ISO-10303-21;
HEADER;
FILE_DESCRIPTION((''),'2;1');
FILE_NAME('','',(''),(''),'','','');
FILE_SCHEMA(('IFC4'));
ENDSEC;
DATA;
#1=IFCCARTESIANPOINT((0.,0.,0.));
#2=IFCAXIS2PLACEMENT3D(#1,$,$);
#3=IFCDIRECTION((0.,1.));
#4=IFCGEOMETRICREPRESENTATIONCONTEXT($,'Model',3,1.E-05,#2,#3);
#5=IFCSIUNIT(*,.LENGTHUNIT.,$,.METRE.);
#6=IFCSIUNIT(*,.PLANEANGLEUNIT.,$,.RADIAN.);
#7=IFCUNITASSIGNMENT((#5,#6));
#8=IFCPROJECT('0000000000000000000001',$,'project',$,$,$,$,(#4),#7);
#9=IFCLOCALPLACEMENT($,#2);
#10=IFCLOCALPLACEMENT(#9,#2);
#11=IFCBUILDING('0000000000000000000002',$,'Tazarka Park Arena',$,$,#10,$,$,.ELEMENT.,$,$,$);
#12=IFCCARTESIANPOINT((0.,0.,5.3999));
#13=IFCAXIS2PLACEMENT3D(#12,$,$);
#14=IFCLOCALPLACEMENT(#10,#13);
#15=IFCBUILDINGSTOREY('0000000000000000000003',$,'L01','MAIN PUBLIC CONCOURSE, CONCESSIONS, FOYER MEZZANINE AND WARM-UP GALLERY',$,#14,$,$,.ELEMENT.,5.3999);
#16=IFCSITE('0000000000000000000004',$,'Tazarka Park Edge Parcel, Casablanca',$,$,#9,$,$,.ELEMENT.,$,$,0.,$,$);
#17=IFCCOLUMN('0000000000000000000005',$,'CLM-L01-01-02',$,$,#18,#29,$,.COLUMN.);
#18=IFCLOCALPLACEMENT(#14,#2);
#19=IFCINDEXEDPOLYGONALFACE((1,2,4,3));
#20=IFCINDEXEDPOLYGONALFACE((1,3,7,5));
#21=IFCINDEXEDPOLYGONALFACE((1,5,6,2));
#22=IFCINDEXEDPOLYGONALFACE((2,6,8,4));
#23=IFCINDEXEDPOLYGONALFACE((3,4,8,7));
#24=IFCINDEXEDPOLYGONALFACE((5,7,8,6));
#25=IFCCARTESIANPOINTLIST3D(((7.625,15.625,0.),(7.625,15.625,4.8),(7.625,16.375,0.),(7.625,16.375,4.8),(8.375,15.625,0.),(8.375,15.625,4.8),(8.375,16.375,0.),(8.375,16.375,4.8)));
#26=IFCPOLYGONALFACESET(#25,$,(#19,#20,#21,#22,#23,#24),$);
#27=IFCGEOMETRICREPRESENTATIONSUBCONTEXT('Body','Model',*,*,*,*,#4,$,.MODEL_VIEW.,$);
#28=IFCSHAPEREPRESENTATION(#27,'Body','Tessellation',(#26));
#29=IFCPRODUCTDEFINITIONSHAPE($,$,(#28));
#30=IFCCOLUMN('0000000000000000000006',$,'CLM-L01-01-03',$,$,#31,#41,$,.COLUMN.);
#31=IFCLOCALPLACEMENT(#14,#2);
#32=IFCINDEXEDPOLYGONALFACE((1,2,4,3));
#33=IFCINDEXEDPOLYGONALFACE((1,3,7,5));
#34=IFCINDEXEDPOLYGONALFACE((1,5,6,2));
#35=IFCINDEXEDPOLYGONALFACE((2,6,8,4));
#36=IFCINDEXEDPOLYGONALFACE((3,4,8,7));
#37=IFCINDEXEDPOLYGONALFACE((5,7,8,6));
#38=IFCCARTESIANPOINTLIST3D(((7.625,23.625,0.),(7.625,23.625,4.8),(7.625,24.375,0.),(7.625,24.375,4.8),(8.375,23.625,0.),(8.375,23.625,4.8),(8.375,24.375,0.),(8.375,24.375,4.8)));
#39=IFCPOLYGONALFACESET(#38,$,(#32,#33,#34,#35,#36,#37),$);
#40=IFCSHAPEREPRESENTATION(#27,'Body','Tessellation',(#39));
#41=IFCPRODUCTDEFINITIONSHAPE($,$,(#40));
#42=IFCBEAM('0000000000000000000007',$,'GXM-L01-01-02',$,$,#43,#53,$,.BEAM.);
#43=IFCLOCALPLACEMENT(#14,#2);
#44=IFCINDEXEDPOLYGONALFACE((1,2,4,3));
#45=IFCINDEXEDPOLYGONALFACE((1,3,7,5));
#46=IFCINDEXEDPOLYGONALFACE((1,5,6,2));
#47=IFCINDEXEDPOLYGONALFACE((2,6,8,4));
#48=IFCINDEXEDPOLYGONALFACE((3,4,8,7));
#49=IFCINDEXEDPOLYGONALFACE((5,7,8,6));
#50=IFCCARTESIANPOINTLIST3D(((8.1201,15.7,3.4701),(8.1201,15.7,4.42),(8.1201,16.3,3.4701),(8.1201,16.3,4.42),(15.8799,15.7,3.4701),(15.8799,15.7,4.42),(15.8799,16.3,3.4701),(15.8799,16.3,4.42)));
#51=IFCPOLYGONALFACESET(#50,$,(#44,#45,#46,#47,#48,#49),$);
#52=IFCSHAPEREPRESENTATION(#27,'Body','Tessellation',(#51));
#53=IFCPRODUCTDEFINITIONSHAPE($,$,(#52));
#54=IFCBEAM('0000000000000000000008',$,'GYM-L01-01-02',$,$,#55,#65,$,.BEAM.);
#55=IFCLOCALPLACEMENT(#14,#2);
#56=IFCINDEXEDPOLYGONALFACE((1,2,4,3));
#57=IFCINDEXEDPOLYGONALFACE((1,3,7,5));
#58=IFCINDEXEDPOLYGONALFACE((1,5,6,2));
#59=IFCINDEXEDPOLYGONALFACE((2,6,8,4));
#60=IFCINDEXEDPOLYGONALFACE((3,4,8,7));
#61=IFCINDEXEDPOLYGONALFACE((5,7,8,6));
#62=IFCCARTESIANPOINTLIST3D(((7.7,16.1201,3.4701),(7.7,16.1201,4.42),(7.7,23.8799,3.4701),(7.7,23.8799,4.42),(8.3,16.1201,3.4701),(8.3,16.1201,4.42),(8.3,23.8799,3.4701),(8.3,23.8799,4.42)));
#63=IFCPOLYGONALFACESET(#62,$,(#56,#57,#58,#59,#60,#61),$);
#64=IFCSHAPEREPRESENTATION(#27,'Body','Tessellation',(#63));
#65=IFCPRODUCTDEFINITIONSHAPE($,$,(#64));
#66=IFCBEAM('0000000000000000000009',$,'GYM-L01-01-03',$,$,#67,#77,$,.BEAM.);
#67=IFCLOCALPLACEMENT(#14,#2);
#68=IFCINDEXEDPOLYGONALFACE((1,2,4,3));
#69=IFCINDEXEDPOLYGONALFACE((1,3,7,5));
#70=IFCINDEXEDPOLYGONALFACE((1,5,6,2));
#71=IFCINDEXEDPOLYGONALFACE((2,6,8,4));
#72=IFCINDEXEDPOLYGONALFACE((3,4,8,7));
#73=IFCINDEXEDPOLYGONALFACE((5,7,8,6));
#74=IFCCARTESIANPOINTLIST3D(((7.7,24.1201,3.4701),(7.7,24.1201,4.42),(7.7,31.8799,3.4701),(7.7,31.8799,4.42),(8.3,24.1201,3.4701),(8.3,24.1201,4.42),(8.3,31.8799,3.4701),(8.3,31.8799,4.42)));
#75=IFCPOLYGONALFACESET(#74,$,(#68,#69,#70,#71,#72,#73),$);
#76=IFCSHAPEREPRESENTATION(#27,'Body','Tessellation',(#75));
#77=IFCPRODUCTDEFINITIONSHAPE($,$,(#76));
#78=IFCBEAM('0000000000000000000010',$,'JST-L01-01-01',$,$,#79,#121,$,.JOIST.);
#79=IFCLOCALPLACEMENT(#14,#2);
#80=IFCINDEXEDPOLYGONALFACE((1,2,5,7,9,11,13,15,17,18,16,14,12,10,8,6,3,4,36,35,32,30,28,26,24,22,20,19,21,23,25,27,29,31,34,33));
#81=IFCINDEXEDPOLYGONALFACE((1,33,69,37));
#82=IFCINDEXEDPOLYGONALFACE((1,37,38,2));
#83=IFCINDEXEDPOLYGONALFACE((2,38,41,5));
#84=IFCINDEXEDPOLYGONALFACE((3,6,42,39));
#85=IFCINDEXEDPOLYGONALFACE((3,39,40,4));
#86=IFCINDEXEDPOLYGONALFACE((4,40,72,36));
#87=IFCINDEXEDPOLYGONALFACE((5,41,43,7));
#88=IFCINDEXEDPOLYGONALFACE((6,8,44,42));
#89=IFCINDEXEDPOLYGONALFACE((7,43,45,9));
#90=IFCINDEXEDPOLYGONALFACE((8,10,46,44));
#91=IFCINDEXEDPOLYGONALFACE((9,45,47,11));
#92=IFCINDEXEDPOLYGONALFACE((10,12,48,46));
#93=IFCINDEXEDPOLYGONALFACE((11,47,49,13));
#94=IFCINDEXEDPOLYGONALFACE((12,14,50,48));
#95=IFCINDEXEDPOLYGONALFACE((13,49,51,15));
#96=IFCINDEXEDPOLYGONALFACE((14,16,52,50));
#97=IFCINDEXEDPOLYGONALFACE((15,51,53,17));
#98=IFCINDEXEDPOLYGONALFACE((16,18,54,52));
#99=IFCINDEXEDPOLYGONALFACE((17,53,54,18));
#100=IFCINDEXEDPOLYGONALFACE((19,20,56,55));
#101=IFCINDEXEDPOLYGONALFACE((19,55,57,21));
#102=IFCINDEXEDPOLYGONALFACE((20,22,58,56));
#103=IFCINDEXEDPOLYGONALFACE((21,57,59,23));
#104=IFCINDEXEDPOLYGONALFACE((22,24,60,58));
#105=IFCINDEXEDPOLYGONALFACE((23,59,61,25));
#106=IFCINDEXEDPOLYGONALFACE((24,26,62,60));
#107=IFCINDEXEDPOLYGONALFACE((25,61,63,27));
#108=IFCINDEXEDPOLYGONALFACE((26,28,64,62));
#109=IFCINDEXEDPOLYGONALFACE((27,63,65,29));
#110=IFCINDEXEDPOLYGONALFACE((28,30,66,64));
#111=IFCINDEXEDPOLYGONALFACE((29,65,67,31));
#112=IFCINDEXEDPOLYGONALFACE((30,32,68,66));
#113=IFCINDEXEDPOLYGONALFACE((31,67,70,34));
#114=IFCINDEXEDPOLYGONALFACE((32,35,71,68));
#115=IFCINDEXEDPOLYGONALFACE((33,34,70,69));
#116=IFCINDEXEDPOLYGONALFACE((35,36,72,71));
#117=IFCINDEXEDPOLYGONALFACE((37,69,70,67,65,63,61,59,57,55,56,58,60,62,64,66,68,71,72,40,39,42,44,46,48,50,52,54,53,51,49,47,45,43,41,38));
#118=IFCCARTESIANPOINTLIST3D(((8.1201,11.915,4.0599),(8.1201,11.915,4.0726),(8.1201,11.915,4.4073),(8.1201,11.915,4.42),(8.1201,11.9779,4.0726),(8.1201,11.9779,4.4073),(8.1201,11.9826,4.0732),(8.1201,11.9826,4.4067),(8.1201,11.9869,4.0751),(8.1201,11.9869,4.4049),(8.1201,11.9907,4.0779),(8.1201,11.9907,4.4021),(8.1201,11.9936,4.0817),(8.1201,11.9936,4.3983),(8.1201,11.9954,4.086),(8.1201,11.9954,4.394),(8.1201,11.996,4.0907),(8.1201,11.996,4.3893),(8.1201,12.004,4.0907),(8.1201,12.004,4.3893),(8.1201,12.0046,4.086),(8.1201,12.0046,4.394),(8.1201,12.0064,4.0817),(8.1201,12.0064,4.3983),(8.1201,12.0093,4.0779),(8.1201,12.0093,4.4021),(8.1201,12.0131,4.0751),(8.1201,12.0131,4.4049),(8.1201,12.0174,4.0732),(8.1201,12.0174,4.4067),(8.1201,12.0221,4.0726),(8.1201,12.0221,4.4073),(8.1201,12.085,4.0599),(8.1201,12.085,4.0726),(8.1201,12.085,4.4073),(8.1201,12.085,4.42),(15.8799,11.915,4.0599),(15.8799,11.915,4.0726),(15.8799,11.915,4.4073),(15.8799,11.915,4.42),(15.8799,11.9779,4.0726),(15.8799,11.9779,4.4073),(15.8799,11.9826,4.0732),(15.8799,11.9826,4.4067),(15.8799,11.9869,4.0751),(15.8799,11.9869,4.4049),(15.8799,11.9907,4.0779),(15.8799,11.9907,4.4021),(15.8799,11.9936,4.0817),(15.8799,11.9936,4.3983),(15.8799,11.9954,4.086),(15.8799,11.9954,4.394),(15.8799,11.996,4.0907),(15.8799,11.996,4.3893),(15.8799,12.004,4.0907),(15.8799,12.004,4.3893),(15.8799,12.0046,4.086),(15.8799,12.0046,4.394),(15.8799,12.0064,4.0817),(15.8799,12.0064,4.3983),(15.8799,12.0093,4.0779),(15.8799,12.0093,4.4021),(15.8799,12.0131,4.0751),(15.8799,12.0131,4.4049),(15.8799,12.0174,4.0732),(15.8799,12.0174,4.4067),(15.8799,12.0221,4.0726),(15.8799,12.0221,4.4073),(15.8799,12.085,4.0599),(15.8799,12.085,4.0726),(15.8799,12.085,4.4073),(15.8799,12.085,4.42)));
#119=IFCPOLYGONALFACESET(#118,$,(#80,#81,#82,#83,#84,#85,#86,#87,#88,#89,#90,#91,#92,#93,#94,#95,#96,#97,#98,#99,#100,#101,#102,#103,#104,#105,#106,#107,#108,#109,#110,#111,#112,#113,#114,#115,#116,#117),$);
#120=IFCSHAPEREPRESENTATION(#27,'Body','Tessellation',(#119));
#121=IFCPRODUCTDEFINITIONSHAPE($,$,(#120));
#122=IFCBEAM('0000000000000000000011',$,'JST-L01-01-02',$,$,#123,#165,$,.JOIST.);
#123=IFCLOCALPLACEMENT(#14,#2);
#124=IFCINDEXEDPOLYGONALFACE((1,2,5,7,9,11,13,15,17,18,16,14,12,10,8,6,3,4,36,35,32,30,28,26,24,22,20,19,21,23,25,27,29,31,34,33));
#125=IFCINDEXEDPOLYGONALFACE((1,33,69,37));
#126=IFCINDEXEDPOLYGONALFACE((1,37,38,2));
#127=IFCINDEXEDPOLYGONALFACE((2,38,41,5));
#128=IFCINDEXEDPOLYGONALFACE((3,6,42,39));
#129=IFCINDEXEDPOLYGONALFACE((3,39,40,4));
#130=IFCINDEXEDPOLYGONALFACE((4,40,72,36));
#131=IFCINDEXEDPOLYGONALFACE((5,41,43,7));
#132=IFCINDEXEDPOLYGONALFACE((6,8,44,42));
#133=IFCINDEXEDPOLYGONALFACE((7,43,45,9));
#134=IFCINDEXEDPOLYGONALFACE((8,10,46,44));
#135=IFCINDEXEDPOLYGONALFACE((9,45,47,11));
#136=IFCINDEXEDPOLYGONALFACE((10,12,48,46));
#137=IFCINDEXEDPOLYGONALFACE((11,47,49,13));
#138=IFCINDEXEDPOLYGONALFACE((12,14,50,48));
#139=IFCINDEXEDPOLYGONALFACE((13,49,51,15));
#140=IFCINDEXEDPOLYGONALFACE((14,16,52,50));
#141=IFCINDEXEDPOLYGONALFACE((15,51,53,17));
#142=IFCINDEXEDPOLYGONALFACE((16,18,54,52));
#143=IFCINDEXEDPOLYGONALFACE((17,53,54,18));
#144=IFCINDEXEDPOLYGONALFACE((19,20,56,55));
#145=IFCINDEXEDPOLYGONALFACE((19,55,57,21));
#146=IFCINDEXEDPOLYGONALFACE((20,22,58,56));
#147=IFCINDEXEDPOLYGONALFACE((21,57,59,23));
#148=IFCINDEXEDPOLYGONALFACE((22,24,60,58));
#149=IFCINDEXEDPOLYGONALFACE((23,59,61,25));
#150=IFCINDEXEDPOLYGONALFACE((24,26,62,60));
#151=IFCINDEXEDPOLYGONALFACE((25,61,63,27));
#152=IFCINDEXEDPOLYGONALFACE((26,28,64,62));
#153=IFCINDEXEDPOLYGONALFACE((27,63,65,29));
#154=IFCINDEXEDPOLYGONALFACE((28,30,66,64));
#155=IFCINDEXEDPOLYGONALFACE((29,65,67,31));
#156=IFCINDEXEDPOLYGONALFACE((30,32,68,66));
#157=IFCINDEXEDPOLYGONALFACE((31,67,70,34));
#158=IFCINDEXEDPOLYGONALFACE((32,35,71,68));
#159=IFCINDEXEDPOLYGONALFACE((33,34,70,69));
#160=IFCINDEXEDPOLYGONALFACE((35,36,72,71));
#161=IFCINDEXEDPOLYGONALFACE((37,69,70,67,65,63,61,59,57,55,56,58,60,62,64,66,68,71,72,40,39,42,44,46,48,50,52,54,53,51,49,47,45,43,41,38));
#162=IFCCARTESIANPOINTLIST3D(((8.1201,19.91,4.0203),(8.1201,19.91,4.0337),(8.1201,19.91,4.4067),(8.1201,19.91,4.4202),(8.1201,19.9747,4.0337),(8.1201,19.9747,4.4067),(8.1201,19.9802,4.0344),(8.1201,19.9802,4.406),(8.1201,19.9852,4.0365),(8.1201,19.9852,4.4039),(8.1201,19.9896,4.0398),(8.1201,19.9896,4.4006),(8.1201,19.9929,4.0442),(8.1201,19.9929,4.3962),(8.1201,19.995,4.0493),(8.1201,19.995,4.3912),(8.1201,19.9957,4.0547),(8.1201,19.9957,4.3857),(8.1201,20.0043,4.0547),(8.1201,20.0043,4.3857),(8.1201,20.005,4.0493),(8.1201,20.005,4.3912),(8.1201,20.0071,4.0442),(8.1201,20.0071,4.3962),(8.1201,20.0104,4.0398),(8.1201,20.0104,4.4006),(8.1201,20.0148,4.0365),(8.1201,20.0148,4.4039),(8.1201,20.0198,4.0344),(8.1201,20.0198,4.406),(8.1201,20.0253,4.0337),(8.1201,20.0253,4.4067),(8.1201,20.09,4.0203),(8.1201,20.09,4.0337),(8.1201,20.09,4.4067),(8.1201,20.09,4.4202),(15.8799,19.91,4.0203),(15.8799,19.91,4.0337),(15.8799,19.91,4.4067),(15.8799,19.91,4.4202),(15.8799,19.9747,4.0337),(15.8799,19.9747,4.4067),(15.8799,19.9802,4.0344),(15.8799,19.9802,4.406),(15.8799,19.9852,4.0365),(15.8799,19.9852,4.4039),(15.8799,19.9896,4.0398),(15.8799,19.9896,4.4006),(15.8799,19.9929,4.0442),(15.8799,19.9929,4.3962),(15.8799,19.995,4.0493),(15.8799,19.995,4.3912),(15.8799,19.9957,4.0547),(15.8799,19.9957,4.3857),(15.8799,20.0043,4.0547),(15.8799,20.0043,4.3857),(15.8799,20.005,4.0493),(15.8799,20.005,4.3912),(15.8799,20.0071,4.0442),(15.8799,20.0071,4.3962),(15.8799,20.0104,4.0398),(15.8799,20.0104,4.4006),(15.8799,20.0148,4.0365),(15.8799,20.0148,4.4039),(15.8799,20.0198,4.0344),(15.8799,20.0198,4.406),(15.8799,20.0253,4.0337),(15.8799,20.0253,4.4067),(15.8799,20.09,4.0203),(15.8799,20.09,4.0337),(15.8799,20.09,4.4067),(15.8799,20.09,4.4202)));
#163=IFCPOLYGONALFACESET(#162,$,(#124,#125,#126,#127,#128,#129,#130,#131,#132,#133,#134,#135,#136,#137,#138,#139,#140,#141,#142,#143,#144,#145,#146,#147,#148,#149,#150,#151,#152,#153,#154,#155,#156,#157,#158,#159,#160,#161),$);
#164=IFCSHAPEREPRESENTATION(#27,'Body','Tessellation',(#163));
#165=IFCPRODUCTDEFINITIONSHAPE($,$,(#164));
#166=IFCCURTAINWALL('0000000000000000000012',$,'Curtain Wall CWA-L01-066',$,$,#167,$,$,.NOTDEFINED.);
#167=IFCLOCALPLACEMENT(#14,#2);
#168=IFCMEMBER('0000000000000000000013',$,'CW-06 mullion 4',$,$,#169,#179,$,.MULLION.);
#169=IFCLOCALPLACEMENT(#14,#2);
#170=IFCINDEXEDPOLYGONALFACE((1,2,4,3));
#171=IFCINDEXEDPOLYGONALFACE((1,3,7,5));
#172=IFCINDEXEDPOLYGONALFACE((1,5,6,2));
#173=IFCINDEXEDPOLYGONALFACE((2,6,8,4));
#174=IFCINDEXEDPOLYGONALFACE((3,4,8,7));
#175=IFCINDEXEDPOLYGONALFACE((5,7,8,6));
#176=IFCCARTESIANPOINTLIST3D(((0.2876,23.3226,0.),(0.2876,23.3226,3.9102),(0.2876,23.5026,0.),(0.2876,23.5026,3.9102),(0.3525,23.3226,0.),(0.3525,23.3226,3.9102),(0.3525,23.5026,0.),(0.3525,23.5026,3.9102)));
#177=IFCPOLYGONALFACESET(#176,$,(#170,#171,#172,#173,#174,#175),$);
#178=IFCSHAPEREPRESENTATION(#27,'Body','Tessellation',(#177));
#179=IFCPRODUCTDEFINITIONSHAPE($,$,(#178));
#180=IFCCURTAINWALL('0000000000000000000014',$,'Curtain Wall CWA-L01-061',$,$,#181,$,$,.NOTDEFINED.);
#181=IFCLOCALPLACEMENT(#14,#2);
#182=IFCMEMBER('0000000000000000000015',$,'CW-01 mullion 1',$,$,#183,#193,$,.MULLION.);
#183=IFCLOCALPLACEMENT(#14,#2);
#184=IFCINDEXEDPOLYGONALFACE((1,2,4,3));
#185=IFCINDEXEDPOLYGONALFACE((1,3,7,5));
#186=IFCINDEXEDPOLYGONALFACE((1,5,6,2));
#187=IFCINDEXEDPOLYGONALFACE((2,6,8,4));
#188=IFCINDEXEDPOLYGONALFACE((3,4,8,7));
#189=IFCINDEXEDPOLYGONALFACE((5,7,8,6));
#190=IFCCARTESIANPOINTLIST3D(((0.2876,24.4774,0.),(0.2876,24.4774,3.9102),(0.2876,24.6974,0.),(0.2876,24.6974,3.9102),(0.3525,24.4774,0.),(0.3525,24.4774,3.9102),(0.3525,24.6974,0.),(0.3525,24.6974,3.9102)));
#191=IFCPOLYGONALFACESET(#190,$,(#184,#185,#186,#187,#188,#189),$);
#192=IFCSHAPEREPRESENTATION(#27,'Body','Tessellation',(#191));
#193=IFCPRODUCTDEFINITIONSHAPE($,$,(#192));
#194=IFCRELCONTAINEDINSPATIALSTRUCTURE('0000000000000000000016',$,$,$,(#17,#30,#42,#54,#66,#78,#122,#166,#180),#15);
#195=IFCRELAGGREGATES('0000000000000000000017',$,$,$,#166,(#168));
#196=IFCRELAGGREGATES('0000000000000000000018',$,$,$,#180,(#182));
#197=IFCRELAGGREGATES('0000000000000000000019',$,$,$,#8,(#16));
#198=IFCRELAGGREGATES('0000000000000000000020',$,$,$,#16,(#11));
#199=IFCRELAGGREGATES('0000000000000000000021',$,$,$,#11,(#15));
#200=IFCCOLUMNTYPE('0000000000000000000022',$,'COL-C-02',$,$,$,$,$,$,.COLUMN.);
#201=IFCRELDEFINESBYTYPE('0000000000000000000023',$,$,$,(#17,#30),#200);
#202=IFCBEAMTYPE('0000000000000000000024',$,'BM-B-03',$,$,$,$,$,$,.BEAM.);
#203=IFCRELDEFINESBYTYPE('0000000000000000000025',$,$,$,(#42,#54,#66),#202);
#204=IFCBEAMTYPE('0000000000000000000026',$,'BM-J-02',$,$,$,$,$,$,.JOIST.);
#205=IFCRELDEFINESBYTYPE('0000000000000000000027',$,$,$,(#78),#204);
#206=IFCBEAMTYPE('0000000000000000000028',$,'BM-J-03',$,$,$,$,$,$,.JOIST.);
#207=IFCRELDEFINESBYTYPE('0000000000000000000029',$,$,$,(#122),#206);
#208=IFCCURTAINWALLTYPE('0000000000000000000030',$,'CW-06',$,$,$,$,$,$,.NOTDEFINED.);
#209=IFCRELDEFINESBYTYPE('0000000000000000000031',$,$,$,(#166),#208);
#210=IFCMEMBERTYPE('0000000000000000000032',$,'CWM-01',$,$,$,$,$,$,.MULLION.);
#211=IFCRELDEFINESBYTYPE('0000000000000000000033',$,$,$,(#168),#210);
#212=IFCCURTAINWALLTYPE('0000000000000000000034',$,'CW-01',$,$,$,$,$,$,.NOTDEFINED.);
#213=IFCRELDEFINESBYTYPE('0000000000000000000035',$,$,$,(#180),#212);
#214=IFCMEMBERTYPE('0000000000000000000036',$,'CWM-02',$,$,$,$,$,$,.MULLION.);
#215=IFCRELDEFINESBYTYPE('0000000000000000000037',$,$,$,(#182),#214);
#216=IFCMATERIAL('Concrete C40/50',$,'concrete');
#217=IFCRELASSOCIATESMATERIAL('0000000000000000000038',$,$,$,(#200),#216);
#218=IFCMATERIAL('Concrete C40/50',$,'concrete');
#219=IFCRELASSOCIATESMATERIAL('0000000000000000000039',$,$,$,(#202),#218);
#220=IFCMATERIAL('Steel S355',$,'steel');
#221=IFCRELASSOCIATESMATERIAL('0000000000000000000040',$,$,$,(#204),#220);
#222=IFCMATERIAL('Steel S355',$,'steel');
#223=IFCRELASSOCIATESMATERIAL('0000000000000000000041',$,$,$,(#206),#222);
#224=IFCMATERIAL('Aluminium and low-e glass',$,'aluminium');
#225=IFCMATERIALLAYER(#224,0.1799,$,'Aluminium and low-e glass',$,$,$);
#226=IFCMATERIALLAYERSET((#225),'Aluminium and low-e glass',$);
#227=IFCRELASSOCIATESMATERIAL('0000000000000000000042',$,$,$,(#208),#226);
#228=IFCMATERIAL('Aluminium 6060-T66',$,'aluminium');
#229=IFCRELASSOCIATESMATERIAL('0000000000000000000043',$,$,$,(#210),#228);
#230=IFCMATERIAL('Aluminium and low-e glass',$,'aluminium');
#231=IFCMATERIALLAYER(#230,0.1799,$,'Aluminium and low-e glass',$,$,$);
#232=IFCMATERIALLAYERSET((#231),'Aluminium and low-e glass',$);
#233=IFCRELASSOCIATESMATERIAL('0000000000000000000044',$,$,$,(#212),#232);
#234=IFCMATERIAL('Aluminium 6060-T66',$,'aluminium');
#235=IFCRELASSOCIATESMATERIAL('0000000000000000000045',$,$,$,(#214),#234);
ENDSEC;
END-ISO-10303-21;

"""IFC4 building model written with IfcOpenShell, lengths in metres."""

from ifc_helpers import new_model, si_unit, direction, frame, origin, origin_2d, place, context, subcontext, project, spatial, rectangle, i_section, extrude, material, layer, layer_set, material_profile, profile_set, type_object, element, aggregate, save


model = new_model("IFC4")

# Units and contexts
model_context = context("Model", 3, precision=1e-05, world=origin(), true_north=direction((0.0, 1.0)))
body_context = subcontext(model_context, "Body", "Model", "MODEL_VIEW")
ifc_project = project(units=[si_unit("LENGTHUNIT", "METRE"), si_unit("PLANEANGLEUNIT", "RADIAN")], contexts=[model_context])

# Site, building, storey
site_placement = place(None, origin())
site = spatial("IfcSite", under=ifc_project, at=site_placement, Name="Tazarka Park Edge Parcel, Casablanca", CompositionType="ELEMENT", RefElevation=0.0)
building_placement = place(site_placement, origin())
building = spatial("IfcBuilding", under=site, at=building_placement, Name="Tazarka Park Arena", CompositionType="ELEMENT")
storey_placement = place(building_placement, frame((0.0, 0.0, 5.3999)))
storey = spatial("IfcBuildingStorey", under=building, at=storey_placement, Name="L01", Description="MAIN PUBLIC CONCOURSE, CONCESSIONS, FOYER MEZZANINE AND WARM-UP GALLERY", CompositionType="ELEMENT", Elevation=5.3999)

# Columns
ifc_material_1 = material(Name="Concrete C40/50", Category="concrete")
ifc_material_profile_1 = material_profile(ifc_material_1, rectangle(XDim=0.75, YDim=0.75, at=origin_2d()), Name="Concrete C40/50")
ifc_profile_set_1 = profile_set([ifc_material_profile_1], Name="Concrete C40/50")
column_type = type_object("IfcColumnType", Name="COL-C-02", PredefinedType="COLUMN", material=ifc_profile_set_1)
for number, where, z_axis, x_axis, name in (
    (1, (8.0, 16.0, 0.0), (0.0, 0.0, 1.0), (1.0, 0.0, 0.0), "CLM-L01-01-02"),
    (2, (8.0, 24.0, 0.0), (0.0, 0.0, 1.0), (1.0, 0.0, 0.0), "CLM-L01-01-03"),
):
    element("IfcColumn", number, at=place(storey_placement, frame(where, z_axis=z_axis, x_axis=x_axis)), inside=storey, type_object=column_type, Name=name, PredefinedType="COLUMN", context=body_context, shape_type="SweptSolid", body=[
        extrude(rectangle(XDim=0.75, YDim=0.75, at=origin_2d()), origin(), (0.0, 0.0, 1.0), 4.8),
    ])

# Beams
ifc_material_2 = material(Name="Concrete C40/50", Category="concrete")
ifc_material_profile_2 = material_profile(ifc_material_2, rectangle(XDim=0.6001, YDim=0.95, at=origin_2d()), Name="Concrete C40/50")
ifc_profile_set_2 = profile_set([ifc_material_profile_2], Name="Concrete C40/50")
beam_type_1 = type_object("IfcBeamType", Name="BM-B-03", PredefinedType="BEAM", material=ifc_profile_set_2)
for number, where, z_axis, x_axis, name in (
    (3, (8.1201, 16.0, 3.9451), (1.0, 0.0, 0.0), (0.0, 1.0, 0.0), "GXM-L01-01-02"),
    (4, (8.0, 16.1201, 3.9451), (0.0, 1.0, 0.0), (-1.0, 0.0, 0.0), "GYM-L01-01-02"),
    (5, (8.0, 24.1201, 3.9451), (0.0, 1.0, 0.0), (-1.0, 0.0, 0.0), "GYM-L01-01-03"),
):
    element("IfcBeam", number, at=place(storey_placement, frame(where, z_axis=z_axis, x_axis=x_axis)), inside=storey, type_object=beam_type_1, Name=name, PredefinedType="BEAM", context=body_context, shape_type="SweptSolid", body=[
        extrude(rectangle(XDim=0.6001, YDim=0.95, at=origin_2d()), origin(), (0.0, 0.0, 1.0), 7.7598),
    ])
ifc_material_3 = material(Name="Steel S355", Category="steel")
ifc_material_profile_3 = material_profile(ifc_material_3, i_section(OverallWidth=0.1699, OverallDepth=0.3601, WebThickness=0.0081, FlangeThickness=0.0127, FilletRadius=0.0181, at=origin_2d()), Name="Steel S355")
ifc_profile_set_3 = profile_set([ifc_material_profile_3], Name="Steel S355")
beam_type_2 = type_object("IfcBeamType", Name="BM-J-02", PredefinedType="JOIST", material=ifc_profile_set_3)
beam_1_placement = place(storey_placement, frame((8.1201, 12.0, 4.24), z_axis=(1.0, 0.0, 0.0), x_axis=(0.0, 1.0, 0.0)))
element("IfcBeam", 6, at=beam_1_placement, inside=storey, type_object=beam_type_2, Name="JST-L01-01-01", PredefinedType="JOIST", context=body_context, shape_type="SweptSolid", body=[
    extrude(i_section(OverallWidth=0.1699, OverallDepth=0.3601, WebThickness=0.0081, FlangeThickness=0.0127, FilletRadius=0.0181, at=origin_2d()), origin(), (0.0, 0.0, 1.0), 7.7598),
])
ifc_material_4 = material(Name="Steel S355", Category="steel")
ifc_material_profile_4 = material_profile(ifc_material_4, i_section(OverallWidth=0.1799, OverallDepth=0.3999, WebThickness=0.0085, FlangeThickness=0.0134, FilletRadius=0.021, at=origin_2d()), Name="Steel S355")
ifc_profile_set_4 = profile_set([ifc_material_profile_4], Name="Steel S355")
beam_type_3 = type_object("IfcBeamType", Name="BM-J-03", PredefinedType="JOIST", material=ifc_profile_set_4)
beam_2_placement = place(storey_placement, frame((8.1201, 20.0, 4.2202), z_axis=(1.0, 0.0, 0.0), x_axis=(0.0, 1.0, 0.0)))
element("IfcBeam", 7, at=beam_2_placement, inside=storey, type_object=beam_type_3, Name="JST-L01-01-02", PredefinedType="JOIST", context=body_context, shape_type="SweptSolid", body=[
    extrude(i_section(OverallWidth=0.1799, OverallDepth=0.3999, WebThickness=0.0085, FlangeThickness=0.0134, FilletRadius=0.021, at=origin_2d()), origin(), (0.0, 0.0, 1.0), 7.7598),
])

# Curtain walls, members
ifc_material_5 = material(Name="Aluminium and low-e glass", Category="aluminium")
ifc_layer_1 = layer(ifc_material_5, 0.1799, Name="Aluminium and low-e glass")
ifc_layer_set_1 = layer_set([ifc_layer_1], Name="Aluminium and low-e glass")
curtain_wall_type_1 = type_object("IfcCurtainWallType", Name="CW-06", PredefinedType="NOTDEFINED", material=ifc_layer_set_1)
curtain_wall_1_placement = place(storey_placement, origin())
curtain_wall_1 = element("IfcCurtainWall", 8, at=curtain_wall_1_placement, inside=storey, type_object=curtain_wall_type_1, Name="Curtain Wall CWA-L01-066", PredefinedType="NOTDEFINED")
ifc_material_6 = material(Name="Aluminium 6060-T66", Category="aluminium")
ifc_material_profile_5 = material_profile(ifc_material_6, rectangle(XDim=0.0649, YDim=0.1799, at=origin_2d()), Name="Aluminium 6060-T66")
ifc_profile_set_5 = profile_set([ifc_material_profile_5], Name="Aluminium 6060-T66")
member_type_1 = type_object("IfcMemberType", Name="CWM-01", PredefinedType="MULLION", material=ifc_profile_set_5)
member_1_placement = place(storey_placement, frame((0.3201, 23.4126, 0.0), z_axis=(0.0, 0.0, 1.0), x_axis=(-1.0, 0.0, 0.0)))
member_1 = element("IfcMember", 9, at=member_1_placement, type_object=member_type_1, Name="CW-06 mullion 4", PredefinedType="MULLION", context=body_context, shape_type="SweptSolid", body=[
    extrude(rectangle(XDim=0.0649, YDim=0.1799, at=origin_2d()), origin(), (0.0, 0.0, 1.0), 3.9102),
])
ifc_material_7 = material(Name="Aluminium and low-e glass", Category="aluminium")
ifc_layer_2 = layer(ifc_material_7, 0.1799, Name="Aluminium and low-e glass")
ifc_layer_set_2 = layer_set([ifc_layer_2], Name="Aluminium and low-e glass")
curtain_wall_type_2 = type_object("IfcCurtainWallType", Name="CW-01", PredefinedType="NOTDEFINED", material=ifc_layer_set_2)
curtain_wall_2_placement = place(storey_placement, origin())
curtain_wall_2 = element("IfcCurtainWall", 10, at=curtain_wall_2_placement, inside=storey, type_object=curtain_wall_type_2, Name="Curtain Wall CWA-L01-061", PredefinedType="NOTDEFINED")
ifc_material_8 = material(Name="Aluminium 6060-T66", Category="aluminium")
ifc_material_profile_6 = material_profile(ifc_material_8, rectangle(XDim=0.0649, YDim=0.22, at=origin_2d()), Name="Aluminium 6060-T66")
ifc_profile_set_6 = profile_set([ifc_material_profile_6], Name="Aluminium 6060-T66")
member_type_2 = type_object("IfcMemberType", Name="CWM-02", PredefinedType="MULLION", material=ifc_profile_set_6)
member_2_placement = place(storey_placement, frame((0.3201, 24.5874, 0.0), z_axis=(0.0, 0.0, 1.0), x_axis=(-1.0, 0.0, 0.0)))
member_2 = element("IfcMember", 11, at=member_2_placement, type_object=member_type_2, Name="CW-01 mullion 1", PredefinedType="MULLION", context=body_context, shape_type="SweptSolid", body=[
    extrude(rectangle(XDim=0.0649, YDim=0.22, at=origin_2d()), origin(), (0.0, 0.0, 1.0), 3.9102),
])

aggregate(curtain_wall_1, [member_1])
aggregate(curtain_wall_2, [member_2])

save(model, "model.ifc")
